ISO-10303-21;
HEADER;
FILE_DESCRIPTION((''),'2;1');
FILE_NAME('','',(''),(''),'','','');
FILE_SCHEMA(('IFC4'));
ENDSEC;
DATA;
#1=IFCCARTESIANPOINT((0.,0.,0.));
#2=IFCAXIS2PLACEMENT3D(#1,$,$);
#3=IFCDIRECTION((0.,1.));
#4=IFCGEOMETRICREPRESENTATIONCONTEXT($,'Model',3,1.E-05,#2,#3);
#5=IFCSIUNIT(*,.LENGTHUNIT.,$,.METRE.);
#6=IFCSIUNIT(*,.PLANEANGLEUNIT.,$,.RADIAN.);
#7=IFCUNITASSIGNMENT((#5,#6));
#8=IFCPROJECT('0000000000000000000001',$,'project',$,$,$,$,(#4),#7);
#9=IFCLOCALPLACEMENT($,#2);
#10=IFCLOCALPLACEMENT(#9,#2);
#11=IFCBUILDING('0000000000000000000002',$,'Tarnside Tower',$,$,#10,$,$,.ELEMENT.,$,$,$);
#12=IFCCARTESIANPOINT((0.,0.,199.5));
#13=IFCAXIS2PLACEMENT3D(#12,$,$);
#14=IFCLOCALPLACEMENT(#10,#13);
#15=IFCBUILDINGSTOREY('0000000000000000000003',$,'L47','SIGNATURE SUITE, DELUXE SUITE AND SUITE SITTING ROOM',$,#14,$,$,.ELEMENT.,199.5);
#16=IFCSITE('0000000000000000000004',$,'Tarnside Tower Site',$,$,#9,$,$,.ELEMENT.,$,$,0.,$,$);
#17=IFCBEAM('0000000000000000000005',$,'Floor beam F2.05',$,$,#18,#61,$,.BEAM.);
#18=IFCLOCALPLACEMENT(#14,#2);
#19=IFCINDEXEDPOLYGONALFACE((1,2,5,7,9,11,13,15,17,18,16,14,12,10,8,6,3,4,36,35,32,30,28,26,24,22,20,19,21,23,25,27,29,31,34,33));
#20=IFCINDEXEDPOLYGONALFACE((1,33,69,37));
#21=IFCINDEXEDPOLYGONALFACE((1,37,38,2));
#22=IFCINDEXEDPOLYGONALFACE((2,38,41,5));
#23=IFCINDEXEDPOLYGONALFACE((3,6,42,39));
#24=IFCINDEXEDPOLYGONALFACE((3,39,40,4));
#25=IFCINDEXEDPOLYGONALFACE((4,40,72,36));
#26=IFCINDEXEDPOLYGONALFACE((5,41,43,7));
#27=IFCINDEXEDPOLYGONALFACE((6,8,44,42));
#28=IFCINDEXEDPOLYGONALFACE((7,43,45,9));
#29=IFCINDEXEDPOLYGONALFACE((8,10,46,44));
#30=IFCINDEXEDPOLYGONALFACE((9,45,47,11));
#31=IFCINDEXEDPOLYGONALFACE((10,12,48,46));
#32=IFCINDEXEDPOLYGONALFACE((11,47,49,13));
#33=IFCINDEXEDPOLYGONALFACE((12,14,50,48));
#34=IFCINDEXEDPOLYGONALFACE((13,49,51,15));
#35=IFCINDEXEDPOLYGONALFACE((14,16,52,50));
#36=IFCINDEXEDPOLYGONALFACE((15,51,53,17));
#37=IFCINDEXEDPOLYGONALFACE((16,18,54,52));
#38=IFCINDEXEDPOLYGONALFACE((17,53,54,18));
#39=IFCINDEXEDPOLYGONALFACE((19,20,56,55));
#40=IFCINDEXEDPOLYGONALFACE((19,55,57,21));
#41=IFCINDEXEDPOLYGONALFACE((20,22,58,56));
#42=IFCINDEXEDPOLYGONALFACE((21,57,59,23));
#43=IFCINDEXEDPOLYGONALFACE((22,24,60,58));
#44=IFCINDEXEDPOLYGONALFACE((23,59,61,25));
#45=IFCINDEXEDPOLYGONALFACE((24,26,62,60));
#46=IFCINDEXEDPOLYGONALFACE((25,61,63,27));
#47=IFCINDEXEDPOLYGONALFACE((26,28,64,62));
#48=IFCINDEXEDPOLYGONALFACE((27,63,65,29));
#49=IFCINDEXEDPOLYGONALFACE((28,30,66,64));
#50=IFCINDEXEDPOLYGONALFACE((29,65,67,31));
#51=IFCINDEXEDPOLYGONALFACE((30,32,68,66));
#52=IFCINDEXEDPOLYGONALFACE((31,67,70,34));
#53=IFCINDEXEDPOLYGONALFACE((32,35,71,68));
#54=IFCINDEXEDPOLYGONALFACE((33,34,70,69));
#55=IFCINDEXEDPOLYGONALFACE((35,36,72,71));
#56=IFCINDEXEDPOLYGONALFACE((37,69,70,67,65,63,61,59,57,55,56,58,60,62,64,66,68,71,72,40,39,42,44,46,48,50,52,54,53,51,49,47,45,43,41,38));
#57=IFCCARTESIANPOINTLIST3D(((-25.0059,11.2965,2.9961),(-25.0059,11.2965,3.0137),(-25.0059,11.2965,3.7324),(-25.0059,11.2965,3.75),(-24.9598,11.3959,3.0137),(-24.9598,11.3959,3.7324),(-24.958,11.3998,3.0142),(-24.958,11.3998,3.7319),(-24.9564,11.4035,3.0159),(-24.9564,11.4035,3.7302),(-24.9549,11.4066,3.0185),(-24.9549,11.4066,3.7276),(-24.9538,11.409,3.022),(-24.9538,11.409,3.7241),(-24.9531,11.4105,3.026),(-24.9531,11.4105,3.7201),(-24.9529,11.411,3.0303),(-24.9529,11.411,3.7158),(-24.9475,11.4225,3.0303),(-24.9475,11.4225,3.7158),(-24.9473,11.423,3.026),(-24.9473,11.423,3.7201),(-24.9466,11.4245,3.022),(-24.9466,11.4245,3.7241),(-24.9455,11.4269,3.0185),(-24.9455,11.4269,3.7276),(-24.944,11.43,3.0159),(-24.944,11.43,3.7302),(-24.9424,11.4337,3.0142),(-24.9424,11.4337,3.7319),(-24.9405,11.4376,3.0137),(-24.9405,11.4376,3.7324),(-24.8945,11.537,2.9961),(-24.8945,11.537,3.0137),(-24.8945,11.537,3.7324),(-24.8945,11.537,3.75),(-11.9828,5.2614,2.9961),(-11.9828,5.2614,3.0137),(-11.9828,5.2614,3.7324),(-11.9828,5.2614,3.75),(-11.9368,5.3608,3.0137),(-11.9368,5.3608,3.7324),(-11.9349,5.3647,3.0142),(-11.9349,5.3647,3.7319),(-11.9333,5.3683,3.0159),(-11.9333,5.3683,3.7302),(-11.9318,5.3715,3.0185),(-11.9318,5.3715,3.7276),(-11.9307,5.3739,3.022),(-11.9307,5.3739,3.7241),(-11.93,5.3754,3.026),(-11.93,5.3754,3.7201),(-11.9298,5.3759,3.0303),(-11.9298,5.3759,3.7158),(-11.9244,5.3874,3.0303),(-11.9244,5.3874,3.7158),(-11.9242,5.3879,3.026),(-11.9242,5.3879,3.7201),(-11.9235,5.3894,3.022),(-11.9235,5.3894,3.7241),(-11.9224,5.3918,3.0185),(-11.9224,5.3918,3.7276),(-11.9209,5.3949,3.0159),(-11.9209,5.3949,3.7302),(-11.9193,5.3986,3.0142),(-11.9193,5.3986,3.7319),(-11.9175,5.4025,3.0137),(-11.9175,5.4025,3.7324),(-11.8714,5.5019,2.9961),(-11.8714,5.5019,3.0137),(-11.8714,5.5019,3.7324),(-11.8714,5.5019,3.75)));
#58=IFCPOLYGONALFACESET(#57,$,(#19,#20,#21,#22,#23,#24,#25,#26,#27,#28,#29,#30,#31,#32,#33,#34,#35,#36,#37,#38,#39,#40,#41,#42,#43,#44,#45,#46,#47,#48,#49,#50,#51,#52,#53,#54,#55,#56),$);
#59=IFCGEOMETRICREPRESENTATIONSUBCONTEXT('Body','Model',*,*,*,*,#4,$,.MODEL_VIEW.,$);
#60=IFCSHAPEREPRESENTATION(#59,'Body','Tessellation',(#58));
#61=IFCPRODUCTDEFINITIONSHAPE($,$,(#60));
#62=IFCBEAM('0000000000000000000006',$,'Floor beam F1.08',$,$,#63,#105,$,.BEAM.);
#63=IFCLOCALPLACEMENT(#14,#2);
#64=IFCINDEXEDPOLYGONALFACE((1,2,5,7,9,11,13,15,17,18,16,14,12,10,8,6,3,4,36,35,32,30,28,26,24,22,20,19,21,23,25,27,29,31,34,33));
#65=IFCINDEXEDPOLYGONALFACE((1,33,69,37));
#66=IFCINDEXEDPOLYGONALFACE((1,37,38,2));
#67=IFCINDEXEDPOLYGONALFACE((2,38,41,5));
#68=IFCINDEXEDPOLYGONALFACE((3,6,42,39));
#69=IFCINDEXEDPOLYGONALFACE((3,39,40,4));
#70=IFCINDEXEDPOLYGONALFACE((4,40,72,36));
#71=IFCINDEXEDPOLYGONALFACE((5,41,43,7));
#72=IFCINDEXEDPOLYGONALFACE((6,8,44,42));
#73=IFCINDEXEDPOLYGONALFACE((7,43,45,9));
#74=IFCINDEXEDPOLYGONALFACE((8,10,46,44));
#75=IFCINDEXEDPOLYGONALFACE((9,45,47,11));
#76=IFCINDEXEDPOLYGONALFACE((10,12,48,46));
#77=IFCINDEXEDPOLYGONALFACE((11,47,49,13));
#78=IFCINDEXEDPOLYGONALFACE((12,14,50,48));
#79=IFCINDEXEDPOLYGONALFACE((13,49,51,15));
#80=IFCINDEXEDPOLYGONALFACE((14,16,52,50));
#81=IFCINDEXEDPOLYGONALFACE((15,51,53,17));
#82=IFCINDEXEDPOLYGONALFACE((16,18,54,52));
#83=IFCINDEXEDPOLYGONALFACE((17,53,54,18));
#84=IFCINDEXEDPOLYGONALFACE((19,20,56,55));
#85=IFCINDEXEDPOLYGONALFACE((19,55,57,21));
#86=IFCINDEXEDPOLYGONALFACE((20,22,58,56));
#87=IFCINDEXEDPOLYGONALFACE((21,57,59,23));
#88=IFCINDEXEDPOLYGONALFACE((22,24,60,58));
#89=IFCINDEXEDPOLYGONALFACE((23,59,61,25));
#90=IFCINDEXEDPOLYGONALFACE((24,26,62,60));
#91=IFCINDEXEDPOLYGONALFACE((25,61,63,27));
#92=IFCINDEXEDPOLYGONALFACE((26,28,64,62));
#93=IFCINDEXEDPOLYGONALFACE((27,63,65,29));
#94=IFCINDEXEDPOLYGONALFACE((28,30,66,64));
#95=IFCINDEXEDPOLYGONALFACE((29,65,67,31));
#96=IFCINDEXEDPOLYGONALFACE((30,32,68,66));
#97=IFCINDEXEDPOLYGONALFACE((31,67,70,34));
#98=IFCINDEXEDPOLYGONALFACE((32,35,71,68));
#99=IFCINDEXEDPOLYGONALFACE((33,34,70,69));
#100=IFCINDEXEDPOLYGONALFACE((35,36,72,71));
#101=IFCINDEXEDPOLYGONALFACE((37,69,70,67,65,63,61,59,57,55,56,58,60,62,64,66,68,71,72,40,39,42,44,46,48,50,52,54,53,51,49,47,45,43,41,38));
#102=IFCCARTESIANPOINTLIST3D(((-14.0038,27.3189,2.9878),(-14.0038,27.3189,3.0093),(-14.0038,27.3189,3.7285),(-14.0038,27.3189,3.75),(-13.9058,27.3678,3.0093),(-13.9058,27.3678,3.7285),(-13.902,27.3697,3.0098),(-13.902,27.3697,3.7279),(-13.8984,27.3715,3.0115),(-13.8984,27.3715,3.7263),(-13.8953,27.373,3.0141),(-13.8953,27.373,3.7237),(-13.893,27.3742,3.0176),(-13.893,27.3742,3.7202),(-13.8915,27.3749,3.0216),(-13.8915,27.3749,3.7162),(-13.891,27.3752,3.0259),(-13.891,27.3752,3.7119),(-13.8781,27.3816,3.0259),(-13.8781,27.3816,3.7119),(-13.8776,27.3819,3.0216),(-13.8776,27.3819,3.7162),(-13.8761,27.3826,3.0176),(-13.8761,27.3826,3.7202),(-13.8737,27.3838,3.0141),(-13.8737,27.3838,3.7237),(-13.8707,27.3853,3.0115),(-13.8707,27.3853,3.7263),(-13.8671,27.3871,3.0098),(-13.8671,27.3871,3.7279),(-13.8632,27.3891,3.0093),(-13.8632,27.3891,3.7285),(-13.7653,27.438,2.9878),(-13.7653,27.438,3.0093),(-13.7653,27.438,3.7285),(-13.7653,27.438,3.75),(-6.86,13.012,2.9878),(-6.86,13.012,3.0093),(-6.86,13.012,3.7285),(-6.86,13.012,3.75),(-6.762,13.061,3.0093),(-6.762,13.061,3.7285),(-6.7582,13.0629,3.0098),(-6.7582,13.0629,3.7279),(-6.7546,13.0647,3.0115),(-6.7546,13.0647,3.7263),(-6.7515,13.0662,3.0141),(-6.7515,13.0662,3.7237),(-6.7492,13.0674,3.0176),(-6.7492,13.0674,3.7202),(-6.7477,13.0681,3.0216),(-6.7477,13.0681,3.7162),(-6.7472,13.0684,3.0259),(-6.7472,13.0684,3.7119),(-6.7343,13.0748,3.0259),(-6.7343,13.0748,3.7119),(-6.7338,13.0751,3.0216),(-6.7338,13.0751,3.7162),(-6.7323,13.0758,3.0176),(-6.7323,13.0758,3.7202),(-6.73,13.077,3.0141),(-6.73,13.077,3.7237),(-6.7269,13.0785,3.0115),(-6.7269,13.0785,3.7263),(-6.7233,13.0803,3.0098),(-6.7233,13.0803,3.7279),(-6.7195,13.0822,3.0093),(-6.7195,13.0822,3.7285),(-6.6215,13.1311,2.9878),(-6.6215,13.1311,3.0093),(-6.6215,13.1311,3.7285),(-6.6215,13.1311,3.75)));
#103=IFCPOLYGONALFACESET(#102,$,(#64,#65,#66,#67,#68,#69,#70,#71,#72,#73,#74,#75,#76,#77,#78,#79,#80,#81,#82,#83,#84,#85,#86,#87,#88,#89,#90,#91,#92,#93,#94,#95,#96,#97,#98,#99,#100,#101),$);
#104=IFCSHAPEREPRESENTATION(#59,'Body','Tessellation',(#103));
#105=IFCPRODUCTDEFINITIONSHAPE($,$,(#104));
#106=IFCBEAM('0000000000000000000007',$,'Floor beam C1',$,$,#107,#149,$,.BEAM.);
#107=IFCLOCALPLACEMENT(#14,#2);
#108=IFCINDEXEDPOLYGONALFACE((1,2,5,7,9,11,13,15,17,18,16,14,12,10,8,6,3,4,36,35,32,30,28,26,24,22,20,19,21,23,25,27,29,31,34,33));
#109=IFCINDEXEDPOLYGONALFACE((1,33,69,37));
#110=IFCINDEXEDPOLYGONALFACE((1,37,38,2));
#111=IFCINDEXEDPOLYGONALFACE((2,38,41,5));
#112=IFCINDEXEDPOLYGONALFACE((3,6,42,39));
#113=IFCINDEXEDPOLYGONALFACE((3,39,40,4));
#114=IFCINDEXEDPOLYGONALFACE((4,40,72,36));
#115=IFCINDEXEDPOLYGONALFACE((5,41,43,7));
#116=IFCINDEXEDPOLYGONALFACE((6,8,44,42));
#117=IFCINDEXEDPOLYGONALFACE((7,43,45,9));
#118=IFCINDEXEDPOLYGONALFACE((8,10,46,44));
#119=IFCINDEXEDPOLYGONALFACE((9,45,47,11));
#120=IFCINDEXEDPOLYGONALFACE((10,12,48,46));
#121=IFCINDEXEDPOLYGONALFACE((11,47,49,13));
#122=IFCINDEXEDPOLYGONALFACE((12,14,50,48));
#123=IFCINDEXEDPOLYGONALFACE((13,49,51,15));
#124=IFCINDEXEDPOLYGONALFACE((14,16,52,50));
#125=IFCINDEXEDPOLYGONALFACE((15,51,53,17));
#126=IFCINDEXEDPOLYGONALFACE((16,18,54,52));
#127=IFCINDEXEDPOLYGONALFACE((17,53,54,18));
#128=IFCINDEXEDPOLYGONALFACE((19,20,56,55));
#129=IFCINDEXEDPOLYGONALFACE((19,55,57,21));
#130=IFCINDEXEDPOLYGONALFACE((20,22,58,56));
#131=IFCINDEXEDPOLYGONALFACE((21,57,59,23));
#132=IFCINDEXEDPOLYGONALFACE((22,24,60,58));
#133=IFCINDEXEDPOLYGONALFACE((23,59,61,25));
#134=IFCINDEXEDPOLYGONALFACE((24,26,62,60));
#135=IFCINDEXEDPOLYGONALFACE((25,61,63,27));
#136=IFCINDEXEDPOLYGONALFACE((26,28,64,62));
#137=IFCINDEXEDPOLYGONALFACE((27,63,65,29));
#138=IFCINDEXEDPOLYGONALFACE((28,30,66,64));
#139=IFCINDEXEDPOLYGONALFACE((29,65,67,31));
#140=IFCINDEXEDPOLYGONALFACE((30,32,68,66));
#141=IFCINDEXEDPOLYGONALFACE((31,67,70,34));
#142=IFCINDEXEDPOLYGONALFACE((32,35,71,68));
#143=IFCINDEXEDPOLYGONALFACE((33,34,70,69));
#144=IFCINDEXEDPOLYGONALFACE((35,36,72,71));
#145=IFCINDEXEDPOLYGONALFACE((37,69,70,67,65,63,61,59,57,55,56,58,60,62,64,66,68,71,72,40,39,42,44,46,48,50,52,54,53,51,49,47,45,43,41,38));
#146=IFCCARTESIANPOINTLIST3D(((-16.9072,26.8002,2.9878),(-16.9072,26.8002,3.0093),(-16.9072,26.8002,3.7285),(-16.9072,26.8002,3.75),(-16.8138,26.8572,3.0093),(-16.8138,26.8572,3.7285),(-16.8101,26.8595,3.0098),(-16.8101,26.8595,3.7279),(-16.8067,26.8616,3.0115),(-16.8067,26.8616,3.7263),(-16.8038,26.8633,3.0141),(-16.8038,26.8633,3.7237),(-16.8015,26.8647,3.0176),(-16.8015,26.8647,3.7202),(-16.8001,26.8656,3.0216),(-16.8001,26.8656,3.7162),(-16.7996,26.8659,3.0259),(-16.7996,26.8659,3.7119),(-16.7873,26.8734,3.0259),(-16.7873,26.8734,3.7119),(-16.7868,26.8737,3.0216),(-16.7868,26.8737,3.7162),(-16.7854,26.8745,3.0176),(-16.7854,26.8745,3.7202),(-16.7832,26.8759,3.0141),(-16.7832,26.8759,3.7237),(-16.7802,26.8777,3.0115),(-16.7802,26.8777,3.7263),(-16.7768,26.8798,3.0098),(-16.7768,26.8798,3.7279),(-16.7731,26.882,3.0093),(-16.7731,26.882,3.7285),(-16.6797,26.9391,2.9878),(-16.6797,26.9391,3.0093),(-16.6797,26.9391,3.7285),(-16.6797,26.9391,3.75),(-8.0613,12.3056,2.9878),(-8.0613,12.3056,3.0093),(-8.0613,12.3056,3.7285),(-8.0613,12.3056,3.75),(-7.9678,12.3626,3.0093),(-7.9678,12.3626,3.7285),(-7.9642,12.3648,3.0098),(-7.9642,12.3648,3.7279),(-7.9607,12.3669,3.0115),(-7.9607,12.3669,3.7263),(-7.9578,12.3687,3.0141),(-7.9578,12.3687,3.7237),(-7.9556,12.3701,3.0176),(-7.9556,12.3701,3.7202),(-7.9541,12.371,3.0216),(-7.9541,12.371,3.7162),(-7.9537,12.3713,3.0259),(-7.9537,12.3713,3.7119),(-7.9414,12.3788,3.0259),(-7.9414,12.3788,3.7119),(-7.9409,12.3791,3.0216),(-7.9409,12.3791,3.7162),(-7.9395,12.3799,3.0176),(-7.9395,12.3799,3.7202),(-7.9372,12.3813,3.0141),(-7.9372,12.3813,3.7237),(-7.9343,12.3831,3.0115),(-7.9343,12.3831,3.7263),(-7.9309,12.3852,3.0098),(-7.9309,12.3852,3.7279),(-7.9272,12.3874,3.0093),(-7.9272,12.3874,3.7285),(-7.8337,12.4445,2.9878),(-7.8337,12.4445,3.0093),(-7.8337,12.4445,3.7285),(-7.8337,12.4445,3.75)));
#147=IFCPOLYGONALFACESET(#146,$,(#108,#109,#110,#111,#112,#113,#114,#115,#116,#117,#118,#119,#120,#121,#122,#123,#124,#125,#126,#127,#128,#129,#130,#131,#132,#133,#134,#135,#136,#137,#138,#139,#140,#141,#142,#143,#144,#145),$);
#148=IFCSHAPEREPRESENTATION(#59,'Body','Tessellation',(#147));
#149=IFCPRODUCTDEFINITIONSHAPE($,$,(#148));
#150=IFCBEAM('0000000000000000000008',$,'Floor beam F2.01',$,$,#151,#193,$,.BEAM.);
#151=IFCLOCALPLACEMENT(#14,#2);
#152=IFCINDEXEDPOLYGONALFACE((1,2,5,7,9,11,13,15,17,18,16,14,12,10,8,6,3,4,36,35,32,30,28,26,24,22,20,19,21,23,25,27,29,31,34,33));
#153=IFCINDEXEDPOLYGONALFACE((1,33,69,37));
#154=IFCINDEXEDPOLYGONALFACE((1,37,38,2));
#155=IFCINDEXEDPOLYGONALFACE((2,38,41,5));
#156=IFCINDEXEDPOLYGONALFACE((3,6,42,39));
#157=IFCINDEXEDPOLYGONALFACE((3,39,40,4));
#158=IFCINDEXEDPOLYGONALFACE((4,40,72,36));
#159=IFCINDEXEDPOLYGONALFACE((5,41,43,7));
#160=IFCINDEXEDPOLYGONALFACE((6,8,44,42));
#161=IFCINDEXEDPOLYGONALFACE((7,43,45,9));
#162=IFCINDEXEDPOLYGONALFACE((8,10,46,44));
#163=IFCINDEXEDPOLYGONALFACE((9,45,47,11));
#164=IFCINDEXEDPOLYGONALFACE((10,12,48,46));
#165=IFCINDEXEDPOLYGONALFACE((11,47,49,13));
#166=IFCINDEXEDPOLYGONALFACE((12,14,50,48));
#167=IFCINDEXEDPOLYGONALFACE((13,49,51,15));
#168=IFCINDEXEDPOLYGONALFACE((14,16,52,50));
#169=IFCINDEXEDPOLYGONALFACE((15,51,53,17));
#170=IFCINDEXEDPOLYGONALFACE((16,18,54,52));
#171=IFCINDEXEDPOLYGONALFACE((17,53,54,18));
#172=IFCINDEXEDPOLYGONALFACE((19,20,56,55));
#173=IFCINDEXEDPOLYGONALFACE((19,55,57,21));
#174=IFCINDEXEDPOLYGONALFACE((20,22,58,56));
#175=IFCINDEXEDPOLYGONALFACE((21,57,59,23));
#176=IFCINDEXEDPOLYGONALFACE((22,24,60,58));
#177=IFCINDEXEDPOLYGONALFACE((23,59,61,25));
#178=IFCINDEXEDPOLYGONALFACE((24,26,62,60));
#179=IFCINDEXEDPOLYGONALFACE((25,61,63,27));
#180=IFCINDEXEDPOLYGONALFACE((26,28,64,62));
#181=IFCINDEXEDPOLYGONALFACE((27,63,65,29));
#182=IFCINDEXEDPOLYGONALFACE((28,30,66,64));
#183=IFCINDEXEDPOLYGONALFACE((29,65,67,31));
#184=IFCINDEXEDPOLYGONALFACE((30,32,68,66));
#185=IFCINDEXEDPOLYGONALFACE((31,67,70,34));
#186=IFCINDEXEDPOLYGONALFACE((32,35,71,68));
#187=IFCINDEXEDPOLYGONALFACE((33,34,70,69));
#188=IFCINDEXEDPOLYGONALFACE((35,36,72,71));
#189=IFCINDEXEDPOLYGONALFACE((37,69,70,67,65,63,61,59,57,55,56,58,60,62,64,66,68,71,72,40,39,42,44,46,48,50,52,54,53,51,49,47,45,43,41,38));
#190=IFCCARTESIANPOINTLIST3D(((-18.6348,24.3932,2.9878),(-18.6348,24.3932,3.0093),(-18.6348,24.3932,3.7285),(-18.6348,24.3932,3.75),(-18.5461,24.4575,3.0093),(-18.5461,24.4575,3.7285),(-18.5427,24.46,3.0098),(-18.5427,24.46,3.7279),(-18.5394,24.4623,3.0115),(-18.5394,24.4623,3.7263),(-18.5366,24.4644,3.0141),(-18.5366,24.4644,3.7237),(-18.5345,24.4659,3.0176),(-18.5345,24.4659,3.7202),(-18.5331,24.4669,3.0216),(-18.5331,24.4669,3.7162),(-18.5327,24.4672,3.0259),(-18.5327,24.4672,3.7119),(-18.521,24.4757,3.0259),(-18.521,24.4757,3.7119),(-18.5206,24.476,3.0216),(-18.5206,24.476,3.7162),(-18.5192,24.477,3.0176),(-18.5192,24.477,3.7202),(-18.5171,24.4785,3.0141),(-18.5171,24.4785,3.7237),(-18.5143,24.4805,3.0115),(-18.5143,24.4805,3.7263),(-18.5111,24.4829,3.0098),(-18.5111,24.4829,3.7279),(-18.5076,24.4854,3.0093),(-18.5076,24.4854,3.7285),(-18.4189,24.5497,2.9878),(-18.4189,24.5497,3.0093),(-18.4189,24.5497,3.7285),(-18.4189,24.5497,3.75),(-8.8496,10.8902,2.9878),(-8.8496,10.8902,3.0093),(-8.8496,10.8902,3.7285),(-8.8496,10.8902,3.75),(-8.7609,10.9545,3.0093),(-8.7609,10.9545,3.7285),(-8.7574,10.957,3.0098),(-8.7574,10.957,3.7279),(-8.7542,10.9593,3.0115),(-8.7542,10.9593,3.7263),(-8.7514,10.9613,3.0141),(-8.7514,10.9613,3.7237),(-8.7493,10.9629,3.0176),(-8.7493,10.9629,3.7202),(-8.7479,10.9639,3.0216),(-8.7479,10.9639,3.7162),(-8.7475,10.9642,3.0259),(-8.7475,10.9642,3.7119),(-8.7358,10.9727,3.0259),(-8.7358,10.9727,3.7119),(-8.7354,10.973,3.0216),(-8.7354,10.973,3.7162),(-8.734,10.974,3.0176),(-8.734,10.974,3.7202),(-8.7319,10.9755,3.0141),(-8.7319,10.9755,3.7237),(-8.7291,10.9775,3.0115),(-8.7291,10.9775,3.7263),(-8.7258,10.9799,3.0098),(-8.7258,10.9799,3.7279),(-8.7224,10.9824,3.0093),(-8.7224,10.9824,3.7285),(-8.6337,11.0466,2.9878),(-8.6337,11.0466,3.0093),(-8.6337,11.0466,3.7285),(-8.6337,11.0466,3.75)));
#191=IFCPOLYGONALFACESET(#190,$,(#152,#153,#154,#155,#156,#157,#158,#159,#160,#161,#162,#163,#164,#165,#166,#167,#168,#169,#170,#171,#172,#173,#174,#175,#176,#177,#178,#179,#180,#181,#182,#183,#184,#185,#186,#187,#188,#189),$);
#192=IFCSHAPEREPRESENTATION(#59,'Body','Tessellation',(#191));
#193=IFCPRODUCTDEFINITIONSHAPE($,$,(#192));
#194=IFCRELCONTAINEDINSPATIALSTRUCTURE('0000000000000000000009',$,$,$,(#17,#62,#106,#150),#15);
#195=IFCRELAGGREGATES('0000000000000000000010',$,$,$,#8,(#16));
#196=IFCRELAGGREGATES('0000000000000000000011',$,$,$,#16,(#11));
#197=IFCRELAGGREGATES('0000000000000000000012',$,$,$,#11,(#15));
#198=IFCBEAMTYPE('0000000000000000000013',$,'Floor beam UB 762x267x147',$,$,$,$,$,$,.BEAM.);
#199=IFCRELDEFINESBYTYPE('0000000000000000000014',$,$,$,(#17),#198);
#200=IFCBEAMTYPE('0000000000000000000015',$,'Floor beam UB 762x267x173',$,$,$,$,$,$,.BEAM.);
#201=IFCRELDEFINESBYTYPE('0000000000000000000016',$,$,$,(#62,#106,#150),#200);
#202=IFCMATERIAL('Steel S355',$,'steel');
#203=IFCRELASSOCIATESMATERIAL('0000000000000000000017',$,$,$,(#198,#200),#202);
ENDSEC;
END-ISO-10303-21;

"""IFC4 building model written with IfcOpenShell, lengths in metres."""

from ifc_helpers import new_model, si_unit, direction, frame, origin, origin_2d, place, context, subcontext, project, spatial, i_section, extrude, material, material_profile, profile_set, type_object, element, save


model = new_model("IFC4")

# Units and contexts
model_context = context("Model", 3, precision=1e-05, world=origin(), true_north=direction((0.0, 1.0)))
body_context = subcontext(model_context, "Body", "Model", "MODEL_VIEW")
ifc_project = project(units=[si_unit("LENGTHUNIT", "METRE"), si_unit("PLANEANGLEUNIT", "RADIAN")], contexts=[model_context])

# Site, building, storey
site_placement = place(None, origin())
site = spatial("IfcSite", under=ifc_project, at=site_placement, Name="Tarnside Tower Site", CompositionType="ELEMENT", RefElevation=0.0)
building_placement = place(site_placement, origin())
building = spatial("IfcBuilding", under=site, at=building_placement, Name="Tarnside Tower", CompositionType="ELEMENT")
storey_placement = place(building_placement, frame((0.0, 0.0, 199.5)))
storey = spatial("IfcBuildingStorey", under=building, at=storey_placement, Name="L47", Description="SIGNATURE SUITE, DELUXE SUITE AND SUITE SITTING ROOM", CompositionType="ELEMENT", Elevation=199.5)

# Beams
ifc_material_1 = material(Name="Steel S355", Category="steel")
ifc_material_profile_1 = material_profile(ifc_material_1, i_section(OverallWidth=0.2651, OverallDepth=0.7539, WebThickness=0.0127, FlangeThickness=0.0176, FilletRadius=0.0166, at=origin_2d()), Name="UB 762x267x147")
ifc_profile_set_1 = profile_set([ifc_material_profile_1], Name="Steel S355")
beam_type_1 = type_object("IfcBeamType", Name="Floor beam UB 762x267x147", PredefinedType="BEAM", material=ifc_profile_set_1)
beam_1_placement = place(storey_placement, frame((-24.9502, 11.4167, 3.373), z_axis=(0.90731, -0.420462, 0.0), x_axis=(0.420462, 0.90731, 0.0)))
element("IfcBeam", 1, at=beam_1_placement, inside=storey, type_object=beam_type_1, Name="Floor beam F2.05", PredefinedType="BEAM", context=body_context, shape_type="SweptSolid", body=[
    extrude(i_section(OverallWidth=0.2651, OverallDepth=0.7539, WebThickness=0.0127, FlangeThickness=0.0176, FilletRadius=0.0166, at=origin_2d()), origin(), (0.0, 0.0, 1.0), 14.3535),
])
ifc_material_profile_2 = material_profile(ifc_material_1, i_section(OverallWidth=0.2666, OverallDepth=0.7622, WebThickness=0.0144, FlangeThickness=0.0215, FilletRadius=0.0166, at=origin_2d()), Name="UB 762x267x173")
ifc_profile_set_2 = profile_set([ifc_material_profile_2], Name="Steel S355")
beam_type_2 = type_object("IfcBeamType", Name="Floor beam UB 762x267x173", PredefinedType="BEAM", material=ifc_profile_set_2)
beam_2_placement = place(storey_placement, frame((-13.8845, 27.3784, 3.3689), z_axis=(0.446731, -0.894668, 0.0), x_axis=(0.894668, 0.446731, 0.0)))
element("IfcBeam", 2, at=beam_2_placement, inside=storey, type_object=beam_type_2, Name="Floor beam F1.08", PredefinedType="BEAM", context=body_context, shape_type="SweptSolid", body=[
    extrude(i_section(OverallWidth=0.2666, OverallDepth=0.7622, WebThickness=0.0144, FlangeThickness=0.0215, FilletRadius=0.0166, at=origin_2d()), origin(), (0.0, 0.0, 1.0), 15.9912),
])
beam_3_placement = place(storey_placement, frame((-16.7935, 26.8696, 3.3689), z_axis=(0.52094, -0.853593, 0.0), x_axis=(0.853593, 0.52094, 0.0)))
element("IfcBeam", 3, at=beam_3_placement, inside=storey, type_object=beam_type_2, Name="Floor beam C1", PredefinedType="BEAM", context=body_context, shape_type="SweptSolid", body=[
    extrude(i_section(OverallWidth=0.2666, OverallDepth=0.7622, WebThickness=0.0144, FlangeThickness=0.0215, FilletRadius=0.0166, at=origin_2d()), origin(), (0.0, 0.0, 1.0), 16.9807),
])
beam_4_placement = place(storey_placement, frame((-18.5269, 24.4714, 3.3689), z_axis=(0.586792, -0.809738, 0.0), x_axis=(0.809738, 0.586792, 0.0)))
element("IfcBeam", 4, at=beam_4_placement, inside=storey, type_object=beam_type_2, Name="Floor beam F2.01", PredefinedType="BEAM", context=body_context, shape_type="SweptSolid", body=[
    extrude(i_section(OverallWidth=0.2666, OverallDepth=0.7622, WebThickness=0.0144, FlangeThickness=0.0215, FilletRadius=0.0166, at=origin_2d()), origin(), (0.0, 0.0, 1.0), 16.6758),
])

save(model, "model.ifc")
